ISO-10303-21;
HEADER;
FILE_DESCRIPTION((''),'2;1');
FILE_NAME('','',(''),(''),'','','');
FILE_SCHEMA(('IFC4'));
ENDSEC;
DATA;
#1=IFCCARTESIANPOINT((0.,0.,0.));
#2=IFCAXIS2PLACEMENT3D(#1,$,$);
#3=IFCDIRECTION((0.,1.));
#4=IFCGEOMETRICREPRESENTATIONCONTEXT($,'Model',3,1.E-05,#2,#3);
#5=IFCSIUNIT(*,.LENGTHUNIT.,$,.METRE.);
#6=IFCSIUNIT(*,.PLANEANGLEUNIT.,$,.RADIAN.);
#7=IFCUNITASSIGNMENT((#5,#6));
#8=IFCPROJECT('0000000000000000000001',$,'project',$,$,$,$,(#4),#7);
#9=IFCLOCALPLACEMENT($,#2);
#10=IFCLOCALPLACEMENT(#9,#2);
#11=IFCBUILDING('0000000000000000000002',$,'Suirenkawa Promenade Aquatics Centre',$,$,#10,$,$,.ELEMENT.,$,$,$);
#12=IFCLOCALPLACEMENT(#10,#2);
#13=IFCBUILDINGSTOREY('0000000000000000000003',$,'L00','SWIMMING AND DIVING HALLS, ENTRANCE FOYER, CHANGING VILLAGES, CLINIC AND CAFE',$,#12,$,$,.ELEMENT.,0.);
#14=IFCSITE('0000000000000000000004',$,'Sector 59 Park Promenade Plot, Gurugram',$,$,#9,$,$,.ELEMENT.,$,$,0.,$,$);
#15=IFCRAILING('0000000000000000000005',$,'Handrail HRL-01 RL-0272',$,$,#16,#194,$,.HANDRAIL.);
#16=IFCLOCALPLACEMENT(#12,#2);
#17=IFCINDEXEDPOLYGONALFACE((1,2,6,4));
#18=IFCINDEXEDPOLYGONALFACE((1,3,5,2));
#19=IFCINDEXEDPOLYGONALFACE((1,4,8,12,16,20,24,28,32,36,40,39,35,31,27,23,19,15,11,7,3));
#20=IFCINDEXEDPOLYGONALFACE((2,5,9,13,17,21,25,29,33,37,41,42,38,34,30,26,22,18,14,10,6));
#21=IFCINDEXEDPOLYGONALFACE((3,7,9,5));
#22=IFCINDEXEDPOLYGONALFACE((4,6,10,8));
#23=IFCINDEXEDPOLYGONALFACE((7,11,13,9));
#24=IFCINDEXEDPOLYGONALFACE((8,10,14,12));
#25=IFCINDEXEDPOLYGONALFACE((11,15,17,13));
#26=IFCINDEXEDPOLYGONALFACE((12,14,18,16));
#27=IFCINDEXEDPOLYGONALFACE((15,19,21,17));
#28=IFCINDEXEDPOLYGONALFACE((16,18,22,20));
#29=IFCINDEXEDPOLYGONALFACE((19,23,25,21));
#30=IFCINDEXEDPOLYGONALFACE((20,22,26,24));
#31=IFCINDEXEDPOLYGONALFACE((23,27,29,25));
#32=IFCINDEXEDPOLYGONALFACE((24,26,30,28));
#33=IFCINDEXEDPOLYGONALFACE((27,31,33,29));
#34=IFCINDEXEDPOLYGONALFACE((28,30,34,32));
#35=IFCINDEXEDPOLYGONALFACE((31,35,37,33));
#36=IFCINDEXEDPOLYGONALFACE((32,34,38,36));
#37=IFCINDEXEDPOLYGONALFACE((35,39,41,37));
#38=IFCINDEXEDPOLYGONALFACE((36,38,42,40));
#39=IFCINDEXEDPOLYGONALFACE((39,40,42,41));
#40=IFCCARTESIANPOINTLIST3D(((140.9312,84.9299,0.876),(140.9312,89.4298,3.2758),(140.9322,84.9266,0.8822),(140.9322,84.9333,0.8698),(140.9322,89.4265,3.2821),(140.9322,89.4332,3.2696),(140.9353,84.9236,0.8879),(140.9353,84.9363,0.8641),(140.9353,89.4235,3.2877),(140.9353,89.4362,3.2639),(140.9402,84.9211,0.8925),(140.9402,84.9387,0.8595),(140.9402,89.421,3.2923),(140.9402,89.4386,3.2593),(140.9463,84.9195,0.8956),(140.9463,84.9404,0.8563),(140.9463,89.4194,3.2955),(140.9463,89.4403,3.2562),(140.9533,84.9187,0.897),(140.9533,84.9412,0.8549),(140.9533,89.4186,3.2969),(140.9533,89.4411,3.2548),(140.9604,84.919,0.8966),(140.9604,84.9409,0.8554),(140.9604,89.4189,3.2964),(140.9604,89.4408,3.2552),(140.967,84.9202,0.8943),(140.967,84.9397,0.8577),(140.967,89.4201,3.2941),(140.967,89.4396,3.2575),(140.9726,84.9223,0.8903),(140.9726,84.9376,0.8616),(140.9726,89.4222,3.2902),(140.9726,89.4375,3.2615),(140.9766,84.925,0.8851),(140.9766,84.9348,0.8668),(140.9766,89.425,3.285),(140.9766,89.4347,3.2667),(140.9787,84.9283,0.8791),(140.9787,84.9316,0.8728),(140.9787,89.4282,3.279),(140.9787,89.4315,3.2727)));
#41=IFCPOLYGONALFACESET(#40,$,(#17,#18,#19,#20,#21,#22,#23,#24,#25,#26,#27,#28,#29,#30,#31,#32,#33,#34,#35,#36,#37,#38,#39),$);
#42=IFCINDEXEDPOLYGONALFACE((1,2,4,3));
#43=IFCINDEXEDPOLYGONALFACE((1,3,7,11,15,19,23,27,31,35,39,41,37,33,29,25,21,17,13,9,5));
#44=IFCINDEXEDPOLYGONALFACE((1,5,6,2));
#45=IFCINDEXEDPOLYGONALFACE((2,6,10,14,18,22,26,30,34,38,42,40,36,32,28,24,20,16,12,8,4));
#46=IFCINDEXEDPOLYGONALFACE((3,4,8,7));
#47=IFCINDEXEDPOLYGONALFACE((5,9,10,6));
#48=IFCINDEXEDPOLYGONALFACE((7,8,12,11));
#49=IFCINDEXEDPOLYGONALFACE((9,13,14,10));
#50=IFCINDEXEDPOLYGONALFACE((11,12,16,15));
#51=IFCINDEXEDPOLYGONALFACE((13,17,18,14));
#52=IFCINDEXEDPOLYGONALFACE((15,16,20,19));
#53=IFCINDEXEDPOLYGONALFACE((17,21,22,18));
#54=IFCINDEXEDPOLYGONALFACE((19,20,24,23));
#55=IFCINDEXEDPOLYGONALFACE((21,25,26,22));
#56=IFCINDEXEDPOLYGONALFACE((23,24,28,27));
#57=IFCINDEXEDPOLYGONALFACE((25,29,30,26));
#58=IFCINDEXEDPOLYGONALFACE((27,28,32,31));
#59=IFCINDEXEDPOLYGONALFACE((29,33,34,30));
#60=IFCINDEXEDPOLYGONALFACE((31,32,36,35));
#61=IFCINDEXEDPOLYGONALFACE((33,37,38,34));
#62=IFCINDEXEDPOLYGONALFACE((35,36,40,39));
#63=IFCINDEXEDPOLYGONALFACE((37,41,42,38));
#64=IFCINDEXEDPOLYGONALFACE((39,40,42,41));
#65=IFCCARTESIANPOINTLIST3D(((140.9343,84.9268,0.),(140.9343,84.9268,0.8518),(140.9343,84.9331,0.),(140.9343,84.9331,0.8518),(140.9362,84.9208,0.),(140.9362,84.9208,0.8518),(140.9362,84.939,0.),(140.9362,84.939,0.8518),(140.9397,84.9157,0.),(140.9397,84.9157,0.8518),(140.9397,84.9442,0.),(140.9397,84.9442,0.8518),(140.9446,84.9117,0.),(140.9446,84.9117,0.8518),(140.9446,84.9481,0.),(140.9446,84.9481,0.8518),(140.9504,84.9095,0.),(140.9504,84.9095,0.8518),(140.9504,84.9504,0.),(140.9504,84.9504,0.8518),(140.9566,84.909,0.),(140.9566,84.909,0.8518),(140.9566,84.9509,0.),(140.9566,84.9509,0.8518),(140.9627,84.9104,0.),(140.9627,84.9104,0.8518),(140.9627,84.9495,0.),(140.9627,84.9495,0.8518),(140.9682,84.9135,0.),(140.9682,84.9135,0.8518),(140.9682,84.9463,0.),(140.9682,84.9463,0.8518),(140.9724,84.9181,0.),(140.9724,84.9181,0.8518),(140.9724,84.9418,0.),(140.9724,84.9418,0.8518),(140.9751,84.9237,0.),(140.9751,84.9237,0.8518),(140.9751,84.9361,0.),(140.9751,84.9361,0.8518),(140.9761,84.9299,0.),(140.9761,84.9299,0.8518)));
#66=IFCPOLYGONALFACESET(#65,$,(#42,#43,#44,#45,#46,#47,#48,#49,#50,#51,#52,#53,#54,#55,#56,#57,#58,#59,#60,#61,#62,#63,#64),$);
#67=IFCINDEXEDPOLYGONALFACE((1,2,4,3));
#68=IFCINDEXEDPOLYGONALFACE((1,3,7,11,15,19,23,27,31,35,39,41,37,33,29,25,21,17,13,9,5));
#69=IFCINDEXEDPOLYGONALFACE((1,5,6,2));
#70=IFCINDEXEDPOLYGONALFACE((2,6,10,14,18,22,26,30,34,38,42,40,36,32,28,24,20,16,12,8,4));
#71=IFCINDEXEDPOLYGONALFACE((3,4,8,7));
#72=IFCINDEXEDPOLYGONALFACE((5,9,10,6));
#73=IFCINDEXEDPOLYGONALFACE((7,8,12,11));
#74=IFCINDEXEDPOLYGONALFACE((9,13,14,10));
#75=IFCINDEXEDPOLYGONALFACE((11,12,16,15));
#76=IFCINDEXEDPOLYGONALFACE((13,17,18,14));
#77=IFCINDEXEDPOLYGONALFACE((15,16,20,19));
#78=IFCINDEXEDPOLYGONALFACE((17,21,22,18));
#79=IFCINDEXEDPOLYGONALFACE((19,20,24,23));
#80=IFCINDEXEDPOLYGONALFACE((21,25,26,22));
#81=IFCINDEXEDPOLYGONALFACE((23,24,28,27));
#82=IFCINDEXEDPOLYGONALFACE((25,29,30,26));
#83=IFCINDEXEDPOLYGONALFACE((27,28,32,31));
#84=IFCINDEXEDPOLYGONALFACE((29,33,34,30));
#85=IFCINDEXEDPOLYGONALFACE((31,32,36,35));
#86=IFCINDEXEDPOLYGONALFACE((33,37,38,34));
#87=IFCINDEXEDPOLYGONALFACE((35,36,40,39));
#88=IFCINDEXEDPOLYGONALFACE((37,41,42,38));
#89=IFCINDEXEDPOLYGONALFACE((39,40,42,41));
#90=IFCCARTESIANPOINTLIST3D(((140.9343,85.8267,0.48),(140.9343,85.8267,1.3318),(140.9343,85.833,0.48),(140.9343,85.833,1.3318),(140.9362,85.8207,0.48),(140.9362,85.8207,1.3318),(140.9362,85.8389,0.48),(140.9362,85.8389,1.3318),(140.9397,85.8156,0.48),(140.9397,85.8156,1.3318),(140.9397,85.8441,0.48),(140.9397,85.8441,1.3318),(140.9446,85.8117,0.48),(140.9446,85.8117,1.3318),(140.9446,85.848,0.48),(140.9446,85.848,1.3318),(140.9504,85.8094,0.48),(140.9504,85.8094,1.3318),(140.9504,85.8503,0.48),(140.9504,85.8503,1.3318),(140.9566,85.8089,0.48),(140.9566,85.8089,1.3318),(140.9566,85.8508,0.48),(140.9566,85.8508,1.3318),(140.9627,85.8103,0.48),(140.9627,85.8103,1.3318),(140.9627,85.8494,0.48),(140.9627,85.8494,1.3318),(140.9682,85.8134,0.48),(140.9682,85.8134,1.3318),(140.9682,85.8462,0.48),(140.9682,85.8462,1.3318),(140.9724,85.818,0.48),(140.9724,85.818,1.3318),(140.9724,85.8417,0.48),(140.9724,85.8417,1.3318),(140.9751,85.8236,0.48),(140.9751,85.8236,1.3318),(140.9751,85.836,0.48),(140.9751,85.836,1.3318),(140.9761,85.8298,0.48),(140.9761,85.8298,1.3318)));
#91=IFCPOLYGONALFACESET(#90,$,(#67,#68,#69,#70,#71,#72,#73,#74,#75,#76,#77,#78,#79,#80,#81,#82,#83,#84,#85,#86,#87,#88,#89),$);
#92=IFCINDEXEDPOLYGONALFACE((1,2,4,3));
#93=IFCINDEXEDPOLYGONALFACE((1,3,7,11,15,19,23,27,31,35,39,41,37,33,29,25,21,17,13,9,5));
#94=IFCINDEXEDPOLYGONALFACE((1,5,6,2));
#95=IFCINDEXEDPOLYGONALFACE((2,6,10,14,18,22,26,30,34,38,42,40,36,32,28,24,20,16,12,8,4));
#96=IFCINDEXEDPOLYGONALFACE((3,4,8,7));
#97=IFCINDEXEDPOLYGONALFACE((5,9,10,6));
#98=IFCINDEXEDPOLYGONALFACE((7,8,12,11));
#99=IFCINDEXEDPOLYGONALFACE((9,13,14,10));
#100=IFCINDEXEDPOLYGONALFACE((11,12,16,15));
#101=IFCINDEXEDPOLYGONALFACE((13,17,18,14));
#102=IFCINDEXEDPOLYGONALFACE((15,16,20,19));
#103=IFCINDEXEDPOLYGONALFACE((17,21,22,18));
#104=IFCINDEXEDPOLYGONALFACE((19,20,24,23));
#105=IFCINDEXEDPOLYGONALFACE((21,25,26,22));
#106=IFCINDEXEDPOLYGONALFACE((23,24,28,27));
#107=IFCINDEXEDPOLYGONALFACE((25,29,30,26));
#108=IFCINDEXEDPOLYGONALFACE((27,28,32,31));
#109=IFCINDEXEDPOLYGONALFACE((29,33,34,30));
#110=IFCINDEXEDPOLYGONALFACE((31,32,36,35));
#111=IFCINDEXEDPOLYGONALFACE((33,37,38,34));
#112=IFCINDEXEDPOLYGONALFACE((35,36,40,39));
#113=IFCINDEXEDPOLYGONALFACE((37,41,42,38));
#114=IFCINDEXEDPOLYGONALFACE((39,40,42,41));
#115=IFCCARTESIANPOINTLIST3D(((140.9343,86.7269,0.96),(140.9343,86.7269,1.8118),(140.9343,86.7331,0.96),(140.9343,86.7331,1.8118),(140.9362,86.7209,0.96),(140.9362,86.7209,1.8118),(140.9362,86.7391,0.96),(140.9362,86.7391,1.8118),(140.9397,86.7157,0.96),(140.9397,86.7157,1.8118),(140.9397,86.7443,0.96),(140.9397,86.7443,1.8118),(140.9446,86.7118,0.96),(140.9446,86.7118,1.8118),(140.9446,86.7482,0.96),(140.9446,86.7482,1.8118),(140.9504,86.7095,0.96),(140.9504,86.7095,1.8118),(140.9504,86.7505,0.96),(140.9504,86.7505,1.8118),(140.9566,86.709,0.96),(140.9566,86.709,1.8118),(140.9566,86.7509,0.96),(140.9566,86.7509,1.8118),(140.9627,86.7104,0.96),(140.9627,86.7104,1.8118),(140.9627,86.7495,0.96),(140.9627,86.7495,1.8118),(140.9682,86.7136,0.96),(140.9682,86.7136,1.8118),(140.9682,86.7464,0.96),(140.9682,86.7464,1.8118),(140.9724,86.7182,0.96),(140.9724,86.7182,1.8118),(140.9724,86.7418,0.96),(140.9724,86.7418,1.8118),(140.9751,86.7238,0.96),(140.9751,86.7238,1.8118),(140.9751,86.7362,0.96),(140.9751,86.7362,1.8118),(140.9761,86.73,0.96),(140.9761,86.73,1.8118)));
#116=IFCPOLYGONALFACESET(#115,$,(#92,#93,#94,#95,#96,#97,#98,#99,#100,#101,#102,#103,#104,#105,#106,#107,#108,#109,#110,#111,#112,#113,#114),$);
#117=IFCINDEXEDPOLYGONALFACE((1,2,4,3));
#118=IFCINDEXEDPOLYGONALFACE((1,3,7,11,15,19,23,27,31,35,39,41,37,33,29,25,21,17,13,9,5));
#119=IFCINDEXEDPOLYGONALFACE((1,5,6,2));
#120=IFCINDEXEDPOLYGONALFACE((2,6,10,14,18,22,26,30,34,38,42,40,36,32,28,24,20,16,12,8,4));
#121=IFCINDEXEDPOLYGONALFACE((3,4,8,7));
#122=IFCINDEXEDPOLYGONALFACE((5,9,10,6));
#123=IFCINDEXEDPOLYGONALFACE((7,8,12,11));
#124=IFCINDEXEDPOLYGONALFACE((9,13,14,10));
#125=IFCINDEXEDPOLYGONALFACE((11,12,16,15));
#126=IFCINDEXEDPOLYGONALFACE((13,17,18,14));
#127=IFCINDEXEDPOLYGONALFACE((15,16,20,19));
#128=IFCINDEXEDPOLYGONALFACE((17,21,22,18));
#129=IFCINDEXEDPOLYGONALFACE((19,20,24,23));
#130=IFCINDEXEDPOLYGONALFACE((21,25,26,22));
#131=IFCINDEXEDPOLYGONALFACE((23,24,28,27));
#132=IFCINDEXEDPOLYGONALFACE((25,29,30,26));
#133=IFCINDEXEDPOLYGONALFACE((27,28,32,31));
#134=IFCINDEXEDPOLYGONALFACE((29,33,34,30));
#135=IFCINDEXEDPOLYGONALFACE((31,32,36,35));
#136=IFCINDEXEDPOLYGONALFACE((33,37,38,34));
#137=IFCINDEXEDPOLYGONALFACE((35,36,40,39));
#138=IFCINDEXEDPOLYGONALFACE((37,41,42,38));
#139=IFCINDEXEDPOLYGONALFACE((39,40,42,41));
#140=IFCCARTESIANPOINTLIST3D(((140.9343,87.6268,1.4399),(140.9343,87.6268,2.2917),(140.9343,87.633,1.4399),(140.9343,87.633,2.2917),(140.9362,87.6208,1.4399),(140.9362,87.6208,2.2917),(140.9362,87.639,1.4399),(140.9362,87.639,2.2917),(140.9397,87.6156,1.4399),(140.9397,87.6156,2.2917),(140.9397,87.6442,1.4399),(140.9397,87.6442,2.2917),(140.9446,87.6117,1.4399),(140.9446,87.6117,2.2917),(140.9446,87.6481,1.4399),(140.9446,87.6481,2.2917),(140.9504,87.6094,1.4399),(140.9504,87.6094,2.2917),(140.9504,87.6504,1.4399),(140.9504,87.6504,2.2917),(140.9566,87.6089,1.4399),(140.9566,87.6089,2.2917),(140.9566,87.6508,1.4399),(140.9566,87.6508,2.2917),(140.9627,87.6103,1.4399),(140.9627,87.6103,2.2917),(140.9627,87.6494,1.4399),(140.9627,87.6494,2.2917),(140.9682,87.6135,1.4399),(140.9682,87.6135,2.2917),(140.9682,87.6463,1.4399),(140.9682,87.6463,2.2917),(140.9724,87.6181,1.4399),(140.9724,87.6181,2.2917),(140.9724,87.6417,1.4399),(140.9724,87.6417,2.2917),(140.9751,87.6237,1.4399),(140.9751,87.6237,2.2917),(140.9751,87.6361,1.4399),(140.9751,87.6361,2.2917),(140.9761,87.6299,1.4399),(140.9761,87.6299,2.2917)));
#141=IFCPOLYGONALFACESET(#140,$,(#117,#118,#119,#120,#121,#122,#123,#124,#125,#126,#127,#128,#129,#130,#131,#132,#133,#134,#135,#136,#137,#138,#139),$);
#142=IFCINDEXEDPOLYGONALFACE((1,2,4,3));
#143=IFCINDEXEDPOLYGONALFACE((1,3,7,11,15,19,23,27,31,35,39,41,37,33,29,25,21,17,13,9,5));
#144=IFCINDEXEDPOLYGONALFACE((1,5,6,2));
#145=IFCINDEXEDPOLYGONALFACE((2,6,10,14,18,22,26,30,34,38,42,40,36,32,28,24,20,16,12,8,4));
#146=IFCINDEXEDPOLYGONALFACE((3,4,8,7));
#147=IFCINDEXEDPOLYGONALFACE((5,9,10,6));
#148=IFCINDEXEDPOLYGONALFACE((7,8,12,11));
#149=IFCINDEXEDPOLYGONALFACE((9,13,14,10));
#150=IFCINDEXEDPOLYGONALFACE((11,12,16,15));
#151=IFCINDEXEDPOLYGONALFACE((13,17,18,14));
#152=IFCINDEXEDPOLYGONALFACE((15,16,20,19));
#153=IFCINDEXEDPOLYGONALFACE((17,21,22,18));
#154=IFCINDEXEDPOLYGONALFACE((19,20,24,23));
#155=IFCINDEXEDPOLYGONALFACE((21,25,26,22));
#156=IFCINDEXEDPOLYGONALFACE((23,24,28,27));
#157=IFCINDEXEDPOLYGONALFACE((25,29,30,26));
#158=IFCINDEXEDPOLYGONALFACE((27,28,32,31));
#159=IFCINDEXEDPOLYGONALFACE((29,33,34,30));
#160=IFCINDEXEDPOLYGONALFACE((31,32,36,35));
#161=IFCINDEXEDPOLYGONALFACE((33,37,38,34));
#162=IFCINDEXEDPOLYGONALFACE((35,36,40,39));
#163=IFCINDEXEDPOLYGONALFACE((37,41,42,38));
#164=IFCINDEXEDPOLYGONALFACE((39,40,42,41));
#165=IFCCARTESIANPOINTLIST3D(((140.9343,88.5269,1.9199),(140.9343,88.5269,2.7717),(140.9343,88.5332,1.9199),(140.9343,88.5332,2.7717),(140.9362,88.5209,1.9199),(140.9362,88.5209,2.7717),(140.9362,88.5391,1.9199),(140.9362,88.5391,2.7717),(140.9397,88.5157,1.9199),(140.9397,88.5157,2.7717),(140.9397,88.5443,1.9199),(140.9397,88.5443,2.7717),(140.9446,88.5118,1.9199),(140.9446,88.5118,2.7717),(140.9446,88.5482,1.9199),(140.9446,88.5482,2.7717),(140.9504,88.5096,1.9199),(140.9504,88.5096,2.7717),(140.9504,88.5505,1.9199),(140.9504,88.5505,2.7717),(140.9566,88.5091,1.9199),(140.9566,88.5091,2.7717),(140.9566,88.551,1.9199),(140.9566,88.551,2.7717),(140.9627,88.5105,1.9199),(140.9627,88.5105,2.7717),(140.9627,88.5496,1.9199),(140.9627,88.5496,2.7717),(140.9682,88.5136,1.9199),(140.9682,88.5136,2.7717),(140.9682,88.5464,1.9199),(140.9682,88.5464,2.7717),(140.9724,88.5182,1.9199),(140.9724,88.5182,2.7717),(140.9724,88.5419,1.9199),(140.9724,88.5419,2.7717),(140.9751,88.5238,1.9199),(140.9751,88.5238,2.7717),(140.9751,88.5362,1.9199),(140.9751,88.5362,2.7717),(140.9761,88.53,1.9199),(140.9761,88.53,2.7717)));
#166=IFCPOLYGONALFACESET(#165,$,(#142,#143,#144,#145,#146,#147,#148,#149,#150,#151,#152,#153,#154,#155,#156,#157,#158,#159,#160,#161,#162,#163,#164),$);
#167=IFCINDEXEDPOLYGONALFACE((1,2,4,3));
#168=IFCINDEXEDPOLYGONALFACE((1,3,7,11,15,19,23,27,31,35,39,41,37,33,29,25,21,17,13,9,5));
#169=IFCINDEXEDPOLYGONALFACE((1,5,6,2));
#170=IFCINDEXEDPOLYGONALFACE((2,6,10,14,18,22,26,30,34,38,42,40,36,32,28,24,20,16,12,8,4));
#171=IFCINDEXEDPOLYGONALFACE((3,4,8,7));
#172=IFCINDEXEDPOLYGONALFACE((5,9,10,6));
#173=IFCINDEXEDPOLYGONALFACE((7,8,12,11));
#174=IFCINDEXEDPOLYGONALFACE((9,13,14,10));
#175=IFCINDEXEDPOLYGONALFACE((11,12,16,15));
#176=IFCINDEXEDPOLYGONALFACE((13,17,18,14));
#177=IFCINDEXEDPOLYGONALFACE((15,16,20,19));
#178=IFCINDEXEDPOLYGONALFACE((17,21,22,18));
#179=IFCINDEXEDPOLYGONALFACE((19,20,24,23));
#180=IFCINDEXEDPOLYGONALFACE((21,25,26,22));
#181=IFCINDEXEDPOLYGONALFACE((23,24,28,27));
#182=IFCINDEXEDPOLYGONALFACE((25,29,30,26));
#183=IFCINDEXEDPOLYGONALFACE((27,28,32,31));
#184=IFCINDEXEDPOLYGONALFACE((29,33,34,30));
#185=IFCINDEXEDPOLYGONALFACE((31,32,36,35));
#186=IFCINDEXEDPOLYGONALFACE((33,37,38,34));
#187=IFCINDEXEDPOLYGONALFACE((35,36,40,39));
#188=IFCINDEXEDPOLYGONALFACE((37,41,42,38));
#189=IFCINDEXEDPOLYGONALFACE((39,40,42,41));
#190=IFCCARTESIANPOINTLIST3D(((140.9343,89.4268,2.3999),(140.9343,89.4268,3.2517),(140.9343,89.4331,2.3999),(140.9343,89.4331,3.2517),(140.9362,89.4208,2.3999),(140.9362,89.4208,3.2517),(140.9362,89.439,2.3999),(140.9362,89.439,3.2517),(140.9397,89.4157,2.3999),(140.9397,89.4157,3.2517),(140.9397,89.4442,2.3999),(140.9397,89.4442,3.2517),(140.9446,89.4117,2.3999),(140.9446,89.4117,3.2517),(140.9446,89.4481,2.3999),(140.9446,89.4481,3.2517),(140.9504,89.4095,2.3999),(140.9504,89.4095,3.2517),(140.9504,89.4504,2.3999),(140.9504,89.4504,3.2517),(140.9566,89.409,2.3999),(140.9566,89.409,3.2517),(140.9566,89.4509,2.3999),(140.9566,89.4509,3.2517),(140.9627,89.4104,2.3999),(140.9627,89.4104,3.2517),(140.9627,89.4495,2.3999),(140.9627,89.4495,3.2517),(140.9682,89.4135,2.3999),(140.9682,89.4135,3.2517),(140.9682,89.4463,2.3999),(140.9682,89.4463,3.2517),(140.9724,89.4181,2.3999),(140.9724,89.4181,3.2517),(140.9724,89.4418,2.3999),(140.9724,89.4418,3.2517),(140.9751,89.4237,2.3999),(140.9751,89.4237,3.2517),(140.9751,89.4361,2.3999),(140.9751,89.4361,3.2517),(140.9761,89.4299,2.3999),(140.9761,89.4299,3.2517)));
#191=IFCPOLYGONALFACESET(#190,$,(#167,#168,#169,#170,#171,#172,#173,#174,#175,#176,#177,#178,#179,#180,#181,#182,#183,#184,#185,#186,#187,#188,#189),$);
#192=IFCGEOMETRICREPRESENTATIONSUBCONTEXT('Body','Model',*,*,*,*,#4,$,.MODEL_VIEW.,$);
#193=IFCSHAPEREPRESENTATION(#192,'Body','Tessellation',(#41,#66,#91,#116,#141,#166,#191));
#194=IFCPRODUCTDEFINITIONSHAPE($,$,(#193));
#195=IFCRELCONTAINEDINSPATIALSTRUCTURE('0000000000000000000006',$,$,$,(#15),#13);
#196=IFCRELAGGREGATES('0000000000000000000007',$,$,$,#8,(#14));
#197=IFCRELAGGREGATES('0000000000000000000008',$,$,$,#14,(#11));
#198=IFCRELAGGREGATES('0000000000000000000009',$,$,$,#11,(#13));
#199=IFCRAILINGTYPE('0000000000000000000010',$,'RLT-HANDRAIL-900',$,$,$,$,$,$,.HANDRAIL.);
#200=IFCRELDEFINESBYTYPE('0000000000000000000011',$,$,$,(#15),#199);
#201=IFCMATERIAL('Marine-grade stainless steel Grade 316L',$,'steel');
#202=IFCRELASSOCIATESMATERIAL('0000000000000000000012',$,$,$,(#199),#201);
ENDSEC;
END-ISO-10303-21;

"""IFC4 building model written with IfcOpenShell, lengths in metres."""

from ifc_helpers import new_model, si_unit, direction, frame, origin, origin_2d, place, context, subcontext, project, spatial, circle, extrude, material, type_object, element, save


model = new_model("IFC4")

# Units and contexts
model_context = context("Model", 3, precision=1e-05, world=origin(), true_north=direction((0.0, 1.0)))
body_context = subcontext(model_context, "Body", "Model", "MODEL_VIEW")
ifc_project = project(units=[si_unit("LENGTHUNIT", "METRE"), si_unit("PLANEANGLEUNIT", "RADIAN")], contexts=[model_context])

# Site, building, storey
site_placement = place(None, origin())
site = spatial("IfcSite", under=ifc_project, at=site_placement, Name="Sector 59 Park Promenade Plot, Gurugram", CompositionType="ELEMENT", RefElevation=0.0)
building_placement = place(site_placement, origin())
building = spatial("IfcBuilding", under=site, at=building_placement, Name="Suirenkawa Promenade Aquatics Centre", CompositionType="ELEMENT")
storey_placement = place(building_placement, origin())
storey = spatial("IfcBuildingStorey", under=building, at=storey_placement, Name="L00", Description="SWIMMING AND DIVING HALLS, ENTRANCE FOYER, CHANGING VILLAGES, CLINIC AND CAFE", CompositionType="ELEMENT", Elevation=0.0)

# Railing
ifc_material_1 = material(Name="Marine-grade stainless steel Grade 316L", Category="steel")
railing_type_1 = type_object("IfcRailingType", Name="RLT-HANDRAIL-900", PredefinedType="HANDRAIL", material=ifc_material_1)
for number, where, name in (
    (1, (140.9551, 84.9299, 0.0), "Handrail HRL-01 RL-0272"),
):
    element("IfcRailing", number, at=place(storey_placement, frame(where)), inside=storey, type_object=railing_type_1, Name=name, PredefinedType="HANDRAIL", context=body_context, shape_type="SweptSolid", body=[
        extrude(circle(Radius=0.0239, at=origin_2d()), frame((0.0, 0.0, 0.876), z_axis=(0.0, 0.882361, 0.470573), x_axis=(-1.0, 0.0, 0.0)), (0.0, 0.0, 1.0), 5.0999),
        extrude(circle(Radius=0.021, at=origin_2d()), origin(), (0.0, 0.0, 1.0), 0.8518),
        extrude(circle(Radius=0.021, at=origin_2d()), frame((0.0, 0.8999, 0.48)), (0.0, 0.0, 1.0), 0.8518),
        extrude(circle(Radius=0.021, at=origin_2d()), frame((0.0, 1.8, 0.96)), (0.0, 0.0, 1.0), 0.8518),
        extrude(circle(Radius=0.021, at=origin_2d()), frame((0.0, 2.7, 1.4399)), (0.0, 0.0, 1.0), 0.8518),
        extrude(circle(Radius=0.021, at=origin_2d()), frame((0.0, 3.6001, 1.9199)), (0.0, 0.0, 1.0), 0.8518),
        extrude(circle(Radius=0.021, at=origin_2d()), frame((0.0, 4.5, 2.3999)), (0.0, 0.0, 1.0), 0.8518),
    ])

save(model, "model.ifc")
